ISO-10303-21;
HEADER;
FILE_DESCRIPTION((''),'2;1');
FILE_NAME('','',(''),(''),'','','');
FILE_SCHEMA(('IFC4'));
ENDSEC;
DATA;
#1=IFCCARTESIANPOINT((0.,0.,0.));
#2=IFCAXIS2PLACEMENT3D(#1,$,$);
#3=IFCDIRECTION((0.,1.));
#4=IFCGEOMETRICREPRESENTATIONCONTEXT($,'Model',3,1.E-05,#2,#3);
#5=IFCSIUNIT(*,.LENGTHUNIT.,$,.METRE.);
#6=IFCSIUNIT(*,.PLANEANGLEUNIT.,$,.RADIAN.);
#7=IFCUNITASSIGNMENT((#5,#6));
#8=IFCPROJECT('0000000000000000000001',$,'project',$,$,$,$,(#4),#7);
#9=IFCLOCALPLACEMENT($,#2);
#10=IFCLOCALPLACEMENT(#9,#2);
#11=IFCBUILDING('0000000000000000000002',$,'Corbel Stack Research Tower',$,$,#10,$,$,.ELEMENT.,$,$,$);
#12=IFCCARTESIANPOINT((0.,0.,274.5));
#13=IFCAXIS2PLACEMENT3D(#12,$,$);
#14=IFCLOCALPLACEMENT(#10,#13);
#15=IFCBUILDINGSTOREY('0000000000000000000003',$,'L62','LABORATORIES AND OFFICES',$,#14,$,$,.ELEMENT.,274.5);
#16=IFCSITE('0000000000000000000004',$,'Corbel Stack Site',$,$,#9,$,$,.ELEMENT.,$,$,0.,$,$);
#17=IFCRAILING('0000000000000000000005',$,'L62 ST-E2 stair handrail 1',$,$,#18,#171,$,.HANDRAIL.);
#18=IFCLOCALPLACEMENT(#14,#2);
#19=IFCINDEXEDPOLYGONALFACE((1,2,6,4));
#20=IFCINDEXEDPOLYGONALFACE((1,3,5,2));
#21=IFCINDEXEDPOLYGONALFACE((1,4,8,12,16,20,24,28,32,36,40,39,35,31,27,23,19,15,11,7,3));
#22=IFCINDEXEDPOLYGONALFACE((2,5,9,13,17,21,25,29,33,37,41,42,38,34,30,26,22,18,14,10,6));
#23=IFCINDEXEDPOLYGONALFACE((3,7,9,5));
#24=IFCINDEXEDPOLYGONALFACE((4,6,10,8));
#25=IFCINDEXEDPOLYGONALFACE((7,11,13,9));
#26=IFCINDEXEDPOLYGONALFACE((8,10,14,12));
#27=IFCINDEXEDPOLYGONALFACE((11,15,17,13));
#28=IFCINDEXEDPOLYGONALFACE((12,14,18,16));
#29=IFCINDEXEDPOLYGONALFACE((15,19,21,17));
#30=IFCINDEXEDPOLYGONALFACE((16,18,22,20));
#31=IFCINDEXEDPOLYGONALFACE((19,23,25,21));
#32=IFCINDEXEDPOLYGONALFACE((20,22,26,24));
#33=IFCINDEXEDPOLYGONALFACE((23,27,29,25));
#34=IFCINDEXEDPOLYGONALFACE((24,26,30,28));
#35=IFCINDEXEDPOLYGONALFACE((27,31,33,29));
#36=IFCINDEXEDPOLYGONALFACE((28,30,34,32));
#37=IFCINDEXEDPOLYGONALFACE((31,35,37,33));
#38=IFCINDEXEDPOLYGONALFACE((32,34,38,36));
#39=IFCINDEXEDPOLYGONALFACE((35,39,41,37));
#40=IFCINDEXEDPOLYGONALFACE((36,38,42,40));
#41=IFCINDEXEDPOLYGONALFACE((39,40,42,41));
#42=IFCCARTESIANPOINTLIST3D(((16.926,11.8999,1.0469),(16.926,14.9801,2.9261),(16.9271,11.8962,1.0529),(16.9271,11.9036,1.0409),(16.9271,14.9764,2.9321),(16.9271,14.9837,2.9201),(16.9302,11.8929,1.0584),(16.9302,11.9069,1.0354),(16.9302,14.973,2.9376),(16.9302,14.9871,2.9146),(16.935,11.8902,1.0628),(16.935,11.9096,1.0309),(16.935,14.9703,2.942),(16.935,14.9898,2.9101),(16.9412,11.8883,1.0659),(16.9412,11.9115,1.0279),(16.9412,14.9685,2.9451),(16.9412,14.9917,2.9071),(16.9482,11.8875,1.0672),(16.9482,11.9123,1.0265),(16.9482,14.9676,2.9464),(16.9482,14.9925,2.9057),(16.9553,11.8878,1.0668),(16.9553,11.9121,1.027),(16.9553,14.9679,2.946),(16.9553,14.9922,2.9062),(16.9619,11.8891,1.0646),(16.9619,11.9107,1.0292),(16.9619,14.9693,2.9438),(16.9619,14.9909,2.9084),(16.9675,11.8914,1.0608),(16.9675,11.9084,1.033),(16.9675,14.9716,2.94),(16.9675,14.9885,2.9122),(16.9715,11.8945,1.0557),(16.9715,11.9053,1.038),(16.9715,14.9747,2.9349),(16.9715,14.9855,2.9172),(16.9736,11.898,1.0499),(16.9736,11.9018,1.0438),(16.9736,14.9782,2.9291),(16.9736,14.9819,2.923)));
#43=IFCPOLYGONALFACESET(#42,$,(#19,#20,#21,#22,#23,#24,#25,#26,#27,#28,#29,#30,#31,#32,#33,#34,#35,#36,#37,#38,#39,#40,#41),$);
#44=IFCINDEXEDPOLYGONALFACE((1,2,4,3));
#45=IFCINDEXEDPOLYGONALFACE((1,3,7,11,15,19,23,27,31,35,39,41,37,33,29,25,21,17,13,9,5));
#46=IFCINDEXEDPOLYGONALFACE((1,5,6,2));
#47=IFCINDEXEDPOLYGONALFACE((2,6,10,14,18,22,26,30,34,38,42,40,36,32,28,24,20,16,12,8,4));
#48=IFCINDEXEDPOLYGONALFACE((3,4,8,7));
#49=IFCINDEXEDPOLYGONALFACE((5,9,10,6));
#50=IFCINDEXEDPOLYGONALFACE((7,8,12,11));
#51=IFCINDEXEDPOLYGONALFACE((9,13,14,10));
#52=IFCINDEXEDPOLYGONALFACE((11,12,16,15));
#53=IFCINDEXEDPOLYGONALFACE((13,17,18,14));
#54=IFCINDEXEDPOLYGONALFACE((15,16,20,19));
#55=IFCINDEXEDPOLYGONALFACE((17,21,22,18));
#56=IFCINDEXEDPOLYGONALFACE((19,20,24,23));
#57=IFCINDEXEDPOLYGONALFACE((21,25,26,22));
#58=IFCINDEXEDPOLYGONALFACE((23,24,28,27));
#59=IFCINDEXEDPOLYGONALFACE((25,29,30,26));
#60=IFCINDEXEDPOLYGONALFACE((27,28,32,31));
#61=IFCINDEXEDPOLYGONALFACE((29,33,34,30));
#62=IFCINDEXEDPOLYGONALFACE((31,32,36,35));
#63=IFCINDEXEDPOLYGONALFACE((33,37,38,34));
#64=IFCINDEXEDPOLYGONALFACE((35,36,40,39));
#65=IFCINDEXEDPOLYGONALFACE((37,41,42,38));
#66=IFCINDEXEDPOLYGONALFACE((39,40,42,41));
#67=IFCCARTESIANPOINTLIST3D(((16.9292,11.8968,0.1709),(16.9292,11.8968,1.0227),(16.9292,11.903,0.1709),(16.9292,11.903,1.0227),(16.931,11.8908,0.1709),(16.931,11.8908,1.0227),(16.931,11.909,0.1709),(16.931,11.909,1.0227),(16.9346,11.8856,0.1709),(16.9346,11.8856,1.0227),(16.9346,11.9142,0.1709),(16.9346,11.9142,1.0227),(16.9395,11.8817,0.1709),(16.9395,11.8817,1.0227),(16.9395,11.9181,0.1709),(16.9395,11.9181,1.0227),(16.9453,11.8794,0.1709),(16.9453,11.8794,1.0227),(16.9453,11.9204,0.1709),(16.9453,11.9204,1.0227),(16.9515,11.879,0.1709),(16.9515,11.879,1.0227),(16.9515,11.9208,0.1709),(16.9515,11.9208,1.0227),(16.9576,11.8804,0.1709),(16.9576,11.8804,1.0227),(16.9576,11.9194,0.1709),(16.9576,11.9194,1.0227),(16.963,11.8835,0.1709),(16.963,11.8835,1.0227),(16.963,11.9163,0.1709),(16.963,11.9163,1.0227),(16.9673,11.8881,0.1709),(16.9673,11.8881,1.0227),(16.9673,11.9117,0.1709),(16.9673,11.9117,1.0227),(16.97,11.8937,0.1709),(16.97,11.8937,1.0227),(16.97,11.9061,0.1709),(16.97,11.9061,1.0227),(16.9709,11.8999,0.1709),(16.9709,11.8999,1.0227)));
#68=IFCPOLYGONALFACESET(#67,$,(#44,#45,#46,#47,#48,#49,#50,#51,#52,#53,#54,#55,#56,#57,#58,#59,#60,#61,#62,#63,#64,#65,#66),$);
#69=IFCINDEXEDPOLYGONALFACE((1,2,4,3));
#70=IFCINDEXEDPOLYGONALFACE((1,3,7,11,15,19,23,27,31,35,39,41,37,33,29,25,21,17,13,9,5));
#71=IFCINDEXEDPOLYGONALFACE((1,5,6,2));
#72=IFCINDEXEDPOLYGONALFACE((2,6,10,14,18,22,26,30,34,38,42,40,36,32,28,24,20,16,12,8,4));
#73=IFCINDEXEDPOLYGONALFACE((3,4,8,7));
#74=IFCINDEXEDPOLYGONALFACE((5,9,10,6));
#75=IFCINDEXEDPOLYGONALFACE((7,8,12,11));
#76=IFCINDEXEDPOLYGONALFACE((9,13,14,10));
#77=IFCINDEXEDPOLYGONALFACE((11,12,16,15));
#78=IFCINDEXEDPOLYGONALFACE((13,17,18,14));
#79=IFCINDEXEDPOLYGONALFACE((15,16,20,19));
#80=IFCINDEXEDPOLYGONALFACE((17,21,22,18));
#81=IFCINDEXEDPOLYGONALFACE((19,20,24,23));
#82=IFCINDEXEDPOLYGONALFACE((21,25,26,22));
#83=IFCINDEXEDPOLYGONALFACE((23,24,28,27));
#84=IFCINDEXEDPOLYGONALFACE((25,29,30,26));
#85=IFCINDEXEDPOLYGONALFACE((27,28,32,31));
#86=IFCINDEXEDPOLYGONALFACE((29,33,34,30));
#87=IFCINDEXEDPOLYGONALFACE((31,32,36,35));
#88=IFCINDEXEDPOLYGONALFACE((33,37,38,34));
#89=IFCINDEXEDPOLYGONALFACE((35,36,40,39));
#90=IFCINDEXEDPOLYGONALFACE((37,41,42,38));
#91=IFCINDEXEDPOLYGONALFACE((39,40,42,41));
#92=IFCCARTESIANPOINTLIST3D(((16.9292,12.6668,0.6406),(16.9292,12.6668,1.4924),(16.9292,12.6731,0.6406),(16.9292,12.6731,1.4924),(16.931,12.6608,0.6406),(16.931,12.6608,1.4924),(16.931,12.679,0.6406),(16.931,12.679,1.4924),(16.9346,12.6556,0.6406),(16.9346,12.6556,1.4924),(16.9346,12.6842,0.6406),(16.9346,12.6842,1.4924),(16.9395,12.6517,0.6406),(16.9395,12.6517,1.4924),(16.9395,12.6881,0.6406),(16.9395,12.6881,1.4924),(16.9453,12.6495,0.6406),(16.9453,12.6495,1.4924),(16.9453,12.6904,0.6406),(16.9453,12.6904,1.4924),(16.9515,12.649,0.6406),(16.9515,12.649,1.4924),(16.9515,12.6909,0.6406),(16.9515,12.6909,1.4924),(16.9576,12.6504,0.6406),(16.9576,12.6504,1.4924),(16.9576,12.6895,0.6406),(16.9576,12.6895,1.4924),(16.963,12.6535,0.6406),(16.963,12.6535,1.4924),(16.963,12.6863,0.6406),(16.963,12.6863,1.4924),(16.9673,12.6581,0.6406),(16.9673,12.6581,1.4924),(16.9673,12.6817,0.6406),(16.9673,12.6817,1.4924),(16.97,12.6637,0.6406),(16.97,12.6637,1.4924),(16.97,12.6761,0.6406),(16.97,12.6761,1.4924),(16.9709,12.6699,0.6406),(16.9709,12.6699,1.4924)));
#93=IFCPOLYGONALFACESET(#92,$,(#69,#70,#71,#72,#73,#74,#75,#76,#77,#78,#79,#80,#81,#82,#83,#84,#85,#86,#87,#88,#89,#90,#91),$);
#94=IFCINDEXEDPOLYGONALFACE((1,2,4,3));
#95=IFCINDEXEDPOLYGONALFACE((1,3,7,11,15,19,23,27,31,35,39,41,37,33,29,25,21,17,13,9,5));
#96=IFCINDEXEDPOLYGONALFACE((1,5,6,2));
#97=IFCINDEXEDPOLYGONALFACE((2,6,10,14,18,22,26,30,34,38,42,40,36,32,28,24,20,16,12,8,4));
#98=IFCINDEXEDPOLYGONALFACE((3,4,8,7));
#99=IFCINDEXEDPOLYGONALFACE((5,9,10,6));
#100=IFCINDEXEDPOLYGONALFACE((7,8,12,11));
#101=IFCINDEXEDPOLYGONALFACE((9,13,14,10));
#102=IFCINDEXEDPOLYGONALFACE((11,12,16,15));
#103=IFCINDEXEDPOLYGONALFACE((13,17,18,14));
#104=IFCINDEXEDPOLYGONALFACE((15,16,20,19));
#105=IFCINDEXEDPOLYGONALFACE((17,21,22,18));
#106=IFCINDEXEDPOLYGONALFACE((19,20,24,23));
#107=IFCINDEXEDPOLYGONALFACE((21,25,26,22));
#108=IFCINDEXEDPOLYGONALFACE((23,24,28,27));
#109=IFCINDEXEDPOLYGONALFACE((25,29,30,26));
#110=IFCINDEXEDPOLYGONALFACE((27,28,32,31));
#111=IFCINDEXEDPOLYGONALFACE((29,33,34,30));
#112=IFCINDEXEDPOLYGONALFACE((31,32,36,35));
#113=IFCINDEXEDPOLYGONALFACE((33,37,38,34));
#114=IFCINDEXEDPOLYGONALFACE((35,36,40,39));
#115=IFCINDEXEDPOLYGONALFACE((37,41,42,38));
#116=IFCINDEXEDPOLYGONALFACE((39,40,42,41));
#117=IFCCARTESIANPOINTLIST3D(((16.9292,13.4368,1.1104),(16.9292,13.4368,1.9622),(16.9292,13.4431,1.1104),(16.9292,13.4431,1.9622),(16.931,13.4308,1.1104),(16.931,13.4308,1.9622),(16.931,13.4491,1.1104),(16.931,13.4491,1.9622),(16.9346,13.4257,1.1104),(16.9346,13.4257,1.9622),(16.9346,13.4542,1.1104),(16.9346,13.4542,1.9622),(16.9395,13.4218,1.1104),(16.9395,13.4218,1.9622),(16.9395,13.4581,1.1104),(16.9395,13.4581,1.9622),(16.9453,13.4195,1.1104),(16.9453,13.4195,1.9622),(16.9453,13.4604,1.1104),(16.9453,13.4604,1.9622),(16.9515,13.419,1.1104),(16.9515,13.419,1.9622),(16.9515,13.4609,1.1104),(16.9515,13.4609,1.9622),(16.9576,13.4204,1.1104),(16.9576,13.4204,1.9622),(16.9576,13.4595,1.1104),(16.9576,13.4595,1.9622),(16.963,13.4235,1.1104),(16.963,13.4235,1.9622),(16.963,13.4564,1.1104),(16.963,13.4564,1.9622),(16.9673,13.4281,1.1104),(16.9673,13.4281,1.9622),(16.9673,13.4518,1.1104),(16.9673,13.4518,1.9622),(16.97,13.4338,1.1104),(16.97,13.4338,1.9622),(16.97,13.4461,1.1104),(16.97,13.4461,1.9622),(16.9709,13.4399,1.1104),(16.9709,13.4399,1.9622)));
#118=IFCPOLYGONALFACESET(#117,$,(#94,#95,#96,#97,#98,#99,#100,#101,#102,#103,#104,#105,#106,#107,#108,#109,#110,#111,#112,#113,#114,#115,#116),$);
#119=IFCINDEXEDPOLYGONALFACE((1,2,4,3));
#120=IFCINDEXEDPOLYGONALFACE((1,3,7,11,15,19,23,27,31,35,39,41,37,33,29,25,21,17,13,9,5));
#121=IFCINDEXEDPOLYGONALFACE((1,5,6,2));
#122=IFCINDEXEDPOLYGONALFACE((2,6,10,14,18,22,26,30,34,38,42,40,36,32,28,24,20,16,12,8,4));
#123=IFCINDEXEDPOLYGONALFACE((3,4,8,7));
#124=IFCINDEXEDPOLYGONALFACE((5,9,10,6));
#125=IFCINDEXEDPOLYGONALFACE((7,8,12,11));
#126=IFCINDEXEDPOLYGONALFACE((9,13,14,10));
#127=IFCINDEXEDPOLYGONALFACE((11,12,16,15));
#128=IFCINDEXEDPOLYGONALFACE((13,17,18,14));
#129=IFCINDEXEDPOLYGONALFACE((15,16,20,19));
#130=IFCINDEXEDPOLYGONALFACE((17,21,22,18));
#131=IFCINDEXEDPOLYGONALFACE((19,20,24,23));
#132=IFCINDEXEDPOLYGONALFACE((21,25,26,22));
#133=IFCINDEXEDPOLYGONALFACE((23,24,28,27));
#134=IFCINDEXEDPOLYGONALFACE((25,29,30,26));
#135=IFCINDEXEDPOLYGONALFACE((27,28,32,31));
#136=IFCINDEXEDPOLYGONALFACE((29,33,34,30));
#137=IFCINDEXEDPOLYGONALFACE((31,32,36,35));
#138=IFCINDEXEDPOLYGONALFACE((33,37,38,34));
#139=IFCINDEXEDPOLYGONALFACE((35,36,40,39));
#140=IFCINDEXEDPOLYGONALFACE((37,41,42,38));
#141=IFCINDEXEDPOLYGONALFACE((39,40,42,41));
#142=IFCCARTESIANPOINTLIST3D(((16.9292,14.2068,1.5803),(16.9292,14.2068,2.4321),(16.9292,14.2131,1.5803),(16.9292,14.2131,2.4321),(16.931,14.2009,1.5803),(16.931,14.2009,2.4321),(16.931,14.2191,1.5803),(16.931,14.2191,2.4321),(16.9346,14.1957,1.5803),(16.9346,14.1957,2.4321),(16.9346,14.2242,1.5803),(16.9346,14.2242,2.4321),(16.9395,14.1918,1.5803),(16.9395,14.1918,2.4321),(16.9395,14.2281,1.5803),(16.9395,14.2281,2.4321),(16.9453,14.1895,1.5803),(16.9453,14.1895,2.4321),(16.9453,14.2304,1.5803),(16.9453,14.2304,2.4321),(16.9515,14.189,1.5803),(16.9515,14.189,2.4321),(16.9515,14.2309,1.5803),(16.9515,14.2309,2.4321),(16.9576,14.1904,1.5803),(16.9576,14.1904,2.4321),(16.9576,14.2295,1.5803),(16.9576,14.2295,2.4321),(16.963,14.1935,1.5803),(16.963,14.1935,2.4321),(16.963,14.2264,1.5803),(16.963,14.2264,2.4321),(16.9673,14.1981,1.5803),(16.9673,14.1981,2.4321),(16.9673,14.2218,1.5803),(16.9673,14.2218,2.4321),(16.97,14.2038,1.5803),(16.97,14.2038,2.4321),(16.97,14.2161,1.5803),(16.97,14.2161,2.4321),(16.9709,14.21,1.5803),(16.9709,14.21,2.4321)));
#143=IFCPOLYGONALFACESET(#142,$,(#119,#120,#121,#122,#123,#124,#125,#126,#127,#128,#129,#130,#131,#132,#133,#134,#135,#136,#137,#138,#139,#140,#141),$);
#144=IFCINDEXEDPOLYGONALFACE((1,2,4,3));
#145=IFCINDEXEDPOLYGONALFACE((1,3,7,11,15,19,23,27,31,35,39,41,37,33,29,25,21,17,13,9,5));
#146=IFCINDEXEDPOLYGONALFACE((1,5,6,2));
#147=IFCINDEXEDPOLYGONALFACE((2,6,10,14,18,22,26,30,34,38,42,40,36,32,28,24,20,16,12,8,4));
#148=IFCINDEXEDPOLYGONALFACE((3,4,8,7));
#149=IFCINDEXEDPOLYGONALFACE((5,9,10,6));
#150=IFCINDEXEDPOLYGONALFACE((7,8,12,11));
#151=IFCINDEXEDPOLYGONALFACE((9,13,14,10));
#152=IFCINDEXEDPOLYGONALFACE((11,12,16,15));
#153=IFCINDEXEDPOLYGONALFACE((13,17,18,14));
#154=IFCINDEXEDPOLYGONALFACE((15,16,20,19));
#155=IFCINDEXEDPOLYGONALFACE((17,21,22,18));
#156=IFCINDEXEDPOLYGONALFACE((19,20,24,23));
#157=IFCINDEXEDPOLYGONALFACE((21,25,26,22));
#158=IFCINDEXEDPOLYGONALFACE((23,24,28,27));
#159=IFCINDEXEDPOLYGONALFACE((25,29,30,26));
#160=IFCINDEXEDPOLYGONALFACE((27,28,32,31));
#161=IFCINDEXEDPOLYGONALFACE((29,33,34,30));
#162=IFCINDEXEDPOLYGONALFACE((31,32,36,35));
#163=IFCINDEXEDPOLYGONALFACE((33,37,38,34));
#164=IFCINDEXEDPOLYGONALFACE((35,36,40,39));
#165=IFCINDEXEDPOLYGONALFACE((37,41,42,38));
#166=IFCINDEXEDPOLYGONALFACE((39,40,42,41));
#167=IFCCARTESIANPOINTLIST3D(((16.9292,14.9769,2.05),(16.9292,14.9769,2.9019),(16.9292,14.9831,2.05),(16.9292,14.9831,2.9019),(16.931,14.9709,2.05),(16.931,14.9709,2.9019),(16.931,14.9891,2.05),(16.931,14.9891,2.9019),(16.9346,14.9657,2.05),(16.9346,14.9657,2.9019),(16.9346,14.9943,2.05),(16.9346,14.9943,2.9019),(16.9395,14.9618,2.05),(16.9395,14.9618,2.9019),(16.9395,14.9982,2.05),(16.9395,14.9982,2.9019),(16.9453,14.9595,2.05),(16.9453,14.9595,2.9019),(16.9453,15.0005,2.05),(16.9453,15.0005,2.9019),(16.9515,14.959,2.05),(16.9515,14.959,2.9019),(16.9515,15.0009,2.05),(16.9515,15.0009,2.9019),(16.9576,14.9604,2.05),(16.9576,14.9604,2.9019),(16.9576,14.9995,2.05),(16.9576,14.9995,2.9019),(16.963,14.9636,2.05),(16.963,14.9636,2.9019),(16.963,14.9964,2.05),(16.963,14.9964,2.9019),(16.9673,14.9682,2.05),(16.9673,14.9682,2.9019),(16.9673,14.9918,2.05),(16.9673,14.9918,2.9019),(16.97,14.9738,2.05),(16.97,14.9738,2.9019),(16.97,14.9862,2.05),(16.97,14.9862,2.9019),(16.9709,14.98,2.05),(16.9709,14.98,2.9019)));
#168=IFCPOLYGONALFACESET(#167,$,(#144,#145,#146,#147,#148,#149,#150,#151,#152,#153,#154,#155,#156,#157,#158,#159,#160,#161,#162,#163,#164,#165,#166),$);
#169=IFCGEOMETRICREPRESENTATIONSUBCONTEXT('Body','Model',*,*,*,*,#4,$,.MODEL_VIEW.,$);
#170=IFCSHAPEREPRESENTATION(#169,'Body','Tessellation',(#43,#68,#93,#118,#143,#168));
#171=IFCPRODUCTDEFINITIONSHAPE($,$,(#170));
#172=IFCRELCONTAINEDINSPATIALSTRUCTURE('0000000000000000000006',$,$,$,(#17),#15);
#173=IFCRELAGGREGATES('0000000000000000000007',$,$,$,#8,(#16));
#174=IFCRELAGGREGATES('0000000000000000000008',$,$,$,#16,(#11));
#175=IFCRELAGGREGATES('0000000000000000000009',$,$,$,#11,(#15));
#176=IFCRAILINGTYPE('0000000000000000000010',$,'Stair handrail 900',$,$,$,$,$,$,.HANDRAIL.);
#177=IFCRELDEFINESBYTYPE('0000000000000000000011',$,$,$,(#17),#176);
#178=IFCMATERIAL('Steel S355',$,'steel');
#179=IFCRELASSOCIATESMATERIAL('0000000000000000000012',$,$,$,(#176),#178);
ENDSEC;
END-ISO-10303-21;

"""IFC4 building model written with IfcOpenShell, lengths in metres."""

from ifc_helpers import new_model, si_unit, direction, frame, origin, origin_2d, place, context, subcontext, project, spatial, circle, extrude, material, type_object, element, save


model = new_model("IFC4")

# Units and contexts
model_context = context("Model", 3, precision=1e-05, world=origin(), true_north=direction((0.0, 1.0)))
body_context = subcontext(model_context, "Body", "Model", "MODEL_VIEW")
ifc_project = project(units=[si_unit("LENGTHUNIT", "METRE"), si_unit("PLANEANGLEUNIT", "RADIAN")], contexts=[model_context])

# Site, building, storey
site_placement = place(None, origin())
site = spatial("IfcSite", under=ifc_project, at=site_placement, Name="Corbel Stack Site", CompositionType="ELEMENT", RefElevation=0.0)
building_placement = place(site_placement, origin())
building = spatial("IfcBuilding", under=site, at=building_placement, Name="Corbel Stack Research Tower", CompositionType="ELEMENT")
storey_placement = place(building_placement, frame((0.0, 0.0, 274.5)))
storey = spatial("IfcBuildingStorey", under=building, at=storey_placement, Name="L62", Description="LABORATORIES AND OFFICES", CompositionType="ELEMENT", Elevation=274.5)

# Railing
ifc_material_1 = material(Name="Steel S355", Category="steel")
railing_type_1 = type_object("IfcRailingType", Name="Stair handrail 900", PredefinedType="HANDRAIL", material=ifc_material_1)
railing_1_placement = place(storey_placement, frame((16.95, 11.8999, 0.1709)))
element("IfcRailing", 1, at=railing_1_placement, inside=storey, type_object=railing_type_1, Name="L62 ST-E2 stair handrail 1", PredefinedType="HANDRAIL", context=body_context, shape_type="SweptSolid", body=[
    extrude(circle(Radius=0.0239, at=origin_2d()), frame((0.0, 0.0, 0.876), z_axis=(0.0, 0.853666, 0.52082), x_axis=(-1.0, 0.0, 0.0)), (0.0, 0.0, 1.0), 3.6082),
    extrude(circle(Radius=0.021, at=origin_2d()), origin(), (0.0, 0.0, 1.0), 0.8518),
    extrude(circle(Radius=0.021, at=origin_2d()), frame((0.0, 0.77, 0.4697)), (0.0, 0.0, 1.0), 0.8518),
    extrude(circle(Radius=0.021, at=origin_2d()), frame((0.0, 1.54, 0.9395)), (0.0, 0.0, 1.0), 0.8518),
    extrude(circle(Radius=0.021, at=origin_2d()), frame((0.0, 2.3101, 1.4094)), (0.0, 0.0, 1.0), 0.8518),
    extrude(circle(Radius=0.021, at=origin_2d()), frame((0.0, 3.0801, 1.8792)), (0.0, 0.0, 1.0), 0.8518),
])

save(model, "model.ifc")
